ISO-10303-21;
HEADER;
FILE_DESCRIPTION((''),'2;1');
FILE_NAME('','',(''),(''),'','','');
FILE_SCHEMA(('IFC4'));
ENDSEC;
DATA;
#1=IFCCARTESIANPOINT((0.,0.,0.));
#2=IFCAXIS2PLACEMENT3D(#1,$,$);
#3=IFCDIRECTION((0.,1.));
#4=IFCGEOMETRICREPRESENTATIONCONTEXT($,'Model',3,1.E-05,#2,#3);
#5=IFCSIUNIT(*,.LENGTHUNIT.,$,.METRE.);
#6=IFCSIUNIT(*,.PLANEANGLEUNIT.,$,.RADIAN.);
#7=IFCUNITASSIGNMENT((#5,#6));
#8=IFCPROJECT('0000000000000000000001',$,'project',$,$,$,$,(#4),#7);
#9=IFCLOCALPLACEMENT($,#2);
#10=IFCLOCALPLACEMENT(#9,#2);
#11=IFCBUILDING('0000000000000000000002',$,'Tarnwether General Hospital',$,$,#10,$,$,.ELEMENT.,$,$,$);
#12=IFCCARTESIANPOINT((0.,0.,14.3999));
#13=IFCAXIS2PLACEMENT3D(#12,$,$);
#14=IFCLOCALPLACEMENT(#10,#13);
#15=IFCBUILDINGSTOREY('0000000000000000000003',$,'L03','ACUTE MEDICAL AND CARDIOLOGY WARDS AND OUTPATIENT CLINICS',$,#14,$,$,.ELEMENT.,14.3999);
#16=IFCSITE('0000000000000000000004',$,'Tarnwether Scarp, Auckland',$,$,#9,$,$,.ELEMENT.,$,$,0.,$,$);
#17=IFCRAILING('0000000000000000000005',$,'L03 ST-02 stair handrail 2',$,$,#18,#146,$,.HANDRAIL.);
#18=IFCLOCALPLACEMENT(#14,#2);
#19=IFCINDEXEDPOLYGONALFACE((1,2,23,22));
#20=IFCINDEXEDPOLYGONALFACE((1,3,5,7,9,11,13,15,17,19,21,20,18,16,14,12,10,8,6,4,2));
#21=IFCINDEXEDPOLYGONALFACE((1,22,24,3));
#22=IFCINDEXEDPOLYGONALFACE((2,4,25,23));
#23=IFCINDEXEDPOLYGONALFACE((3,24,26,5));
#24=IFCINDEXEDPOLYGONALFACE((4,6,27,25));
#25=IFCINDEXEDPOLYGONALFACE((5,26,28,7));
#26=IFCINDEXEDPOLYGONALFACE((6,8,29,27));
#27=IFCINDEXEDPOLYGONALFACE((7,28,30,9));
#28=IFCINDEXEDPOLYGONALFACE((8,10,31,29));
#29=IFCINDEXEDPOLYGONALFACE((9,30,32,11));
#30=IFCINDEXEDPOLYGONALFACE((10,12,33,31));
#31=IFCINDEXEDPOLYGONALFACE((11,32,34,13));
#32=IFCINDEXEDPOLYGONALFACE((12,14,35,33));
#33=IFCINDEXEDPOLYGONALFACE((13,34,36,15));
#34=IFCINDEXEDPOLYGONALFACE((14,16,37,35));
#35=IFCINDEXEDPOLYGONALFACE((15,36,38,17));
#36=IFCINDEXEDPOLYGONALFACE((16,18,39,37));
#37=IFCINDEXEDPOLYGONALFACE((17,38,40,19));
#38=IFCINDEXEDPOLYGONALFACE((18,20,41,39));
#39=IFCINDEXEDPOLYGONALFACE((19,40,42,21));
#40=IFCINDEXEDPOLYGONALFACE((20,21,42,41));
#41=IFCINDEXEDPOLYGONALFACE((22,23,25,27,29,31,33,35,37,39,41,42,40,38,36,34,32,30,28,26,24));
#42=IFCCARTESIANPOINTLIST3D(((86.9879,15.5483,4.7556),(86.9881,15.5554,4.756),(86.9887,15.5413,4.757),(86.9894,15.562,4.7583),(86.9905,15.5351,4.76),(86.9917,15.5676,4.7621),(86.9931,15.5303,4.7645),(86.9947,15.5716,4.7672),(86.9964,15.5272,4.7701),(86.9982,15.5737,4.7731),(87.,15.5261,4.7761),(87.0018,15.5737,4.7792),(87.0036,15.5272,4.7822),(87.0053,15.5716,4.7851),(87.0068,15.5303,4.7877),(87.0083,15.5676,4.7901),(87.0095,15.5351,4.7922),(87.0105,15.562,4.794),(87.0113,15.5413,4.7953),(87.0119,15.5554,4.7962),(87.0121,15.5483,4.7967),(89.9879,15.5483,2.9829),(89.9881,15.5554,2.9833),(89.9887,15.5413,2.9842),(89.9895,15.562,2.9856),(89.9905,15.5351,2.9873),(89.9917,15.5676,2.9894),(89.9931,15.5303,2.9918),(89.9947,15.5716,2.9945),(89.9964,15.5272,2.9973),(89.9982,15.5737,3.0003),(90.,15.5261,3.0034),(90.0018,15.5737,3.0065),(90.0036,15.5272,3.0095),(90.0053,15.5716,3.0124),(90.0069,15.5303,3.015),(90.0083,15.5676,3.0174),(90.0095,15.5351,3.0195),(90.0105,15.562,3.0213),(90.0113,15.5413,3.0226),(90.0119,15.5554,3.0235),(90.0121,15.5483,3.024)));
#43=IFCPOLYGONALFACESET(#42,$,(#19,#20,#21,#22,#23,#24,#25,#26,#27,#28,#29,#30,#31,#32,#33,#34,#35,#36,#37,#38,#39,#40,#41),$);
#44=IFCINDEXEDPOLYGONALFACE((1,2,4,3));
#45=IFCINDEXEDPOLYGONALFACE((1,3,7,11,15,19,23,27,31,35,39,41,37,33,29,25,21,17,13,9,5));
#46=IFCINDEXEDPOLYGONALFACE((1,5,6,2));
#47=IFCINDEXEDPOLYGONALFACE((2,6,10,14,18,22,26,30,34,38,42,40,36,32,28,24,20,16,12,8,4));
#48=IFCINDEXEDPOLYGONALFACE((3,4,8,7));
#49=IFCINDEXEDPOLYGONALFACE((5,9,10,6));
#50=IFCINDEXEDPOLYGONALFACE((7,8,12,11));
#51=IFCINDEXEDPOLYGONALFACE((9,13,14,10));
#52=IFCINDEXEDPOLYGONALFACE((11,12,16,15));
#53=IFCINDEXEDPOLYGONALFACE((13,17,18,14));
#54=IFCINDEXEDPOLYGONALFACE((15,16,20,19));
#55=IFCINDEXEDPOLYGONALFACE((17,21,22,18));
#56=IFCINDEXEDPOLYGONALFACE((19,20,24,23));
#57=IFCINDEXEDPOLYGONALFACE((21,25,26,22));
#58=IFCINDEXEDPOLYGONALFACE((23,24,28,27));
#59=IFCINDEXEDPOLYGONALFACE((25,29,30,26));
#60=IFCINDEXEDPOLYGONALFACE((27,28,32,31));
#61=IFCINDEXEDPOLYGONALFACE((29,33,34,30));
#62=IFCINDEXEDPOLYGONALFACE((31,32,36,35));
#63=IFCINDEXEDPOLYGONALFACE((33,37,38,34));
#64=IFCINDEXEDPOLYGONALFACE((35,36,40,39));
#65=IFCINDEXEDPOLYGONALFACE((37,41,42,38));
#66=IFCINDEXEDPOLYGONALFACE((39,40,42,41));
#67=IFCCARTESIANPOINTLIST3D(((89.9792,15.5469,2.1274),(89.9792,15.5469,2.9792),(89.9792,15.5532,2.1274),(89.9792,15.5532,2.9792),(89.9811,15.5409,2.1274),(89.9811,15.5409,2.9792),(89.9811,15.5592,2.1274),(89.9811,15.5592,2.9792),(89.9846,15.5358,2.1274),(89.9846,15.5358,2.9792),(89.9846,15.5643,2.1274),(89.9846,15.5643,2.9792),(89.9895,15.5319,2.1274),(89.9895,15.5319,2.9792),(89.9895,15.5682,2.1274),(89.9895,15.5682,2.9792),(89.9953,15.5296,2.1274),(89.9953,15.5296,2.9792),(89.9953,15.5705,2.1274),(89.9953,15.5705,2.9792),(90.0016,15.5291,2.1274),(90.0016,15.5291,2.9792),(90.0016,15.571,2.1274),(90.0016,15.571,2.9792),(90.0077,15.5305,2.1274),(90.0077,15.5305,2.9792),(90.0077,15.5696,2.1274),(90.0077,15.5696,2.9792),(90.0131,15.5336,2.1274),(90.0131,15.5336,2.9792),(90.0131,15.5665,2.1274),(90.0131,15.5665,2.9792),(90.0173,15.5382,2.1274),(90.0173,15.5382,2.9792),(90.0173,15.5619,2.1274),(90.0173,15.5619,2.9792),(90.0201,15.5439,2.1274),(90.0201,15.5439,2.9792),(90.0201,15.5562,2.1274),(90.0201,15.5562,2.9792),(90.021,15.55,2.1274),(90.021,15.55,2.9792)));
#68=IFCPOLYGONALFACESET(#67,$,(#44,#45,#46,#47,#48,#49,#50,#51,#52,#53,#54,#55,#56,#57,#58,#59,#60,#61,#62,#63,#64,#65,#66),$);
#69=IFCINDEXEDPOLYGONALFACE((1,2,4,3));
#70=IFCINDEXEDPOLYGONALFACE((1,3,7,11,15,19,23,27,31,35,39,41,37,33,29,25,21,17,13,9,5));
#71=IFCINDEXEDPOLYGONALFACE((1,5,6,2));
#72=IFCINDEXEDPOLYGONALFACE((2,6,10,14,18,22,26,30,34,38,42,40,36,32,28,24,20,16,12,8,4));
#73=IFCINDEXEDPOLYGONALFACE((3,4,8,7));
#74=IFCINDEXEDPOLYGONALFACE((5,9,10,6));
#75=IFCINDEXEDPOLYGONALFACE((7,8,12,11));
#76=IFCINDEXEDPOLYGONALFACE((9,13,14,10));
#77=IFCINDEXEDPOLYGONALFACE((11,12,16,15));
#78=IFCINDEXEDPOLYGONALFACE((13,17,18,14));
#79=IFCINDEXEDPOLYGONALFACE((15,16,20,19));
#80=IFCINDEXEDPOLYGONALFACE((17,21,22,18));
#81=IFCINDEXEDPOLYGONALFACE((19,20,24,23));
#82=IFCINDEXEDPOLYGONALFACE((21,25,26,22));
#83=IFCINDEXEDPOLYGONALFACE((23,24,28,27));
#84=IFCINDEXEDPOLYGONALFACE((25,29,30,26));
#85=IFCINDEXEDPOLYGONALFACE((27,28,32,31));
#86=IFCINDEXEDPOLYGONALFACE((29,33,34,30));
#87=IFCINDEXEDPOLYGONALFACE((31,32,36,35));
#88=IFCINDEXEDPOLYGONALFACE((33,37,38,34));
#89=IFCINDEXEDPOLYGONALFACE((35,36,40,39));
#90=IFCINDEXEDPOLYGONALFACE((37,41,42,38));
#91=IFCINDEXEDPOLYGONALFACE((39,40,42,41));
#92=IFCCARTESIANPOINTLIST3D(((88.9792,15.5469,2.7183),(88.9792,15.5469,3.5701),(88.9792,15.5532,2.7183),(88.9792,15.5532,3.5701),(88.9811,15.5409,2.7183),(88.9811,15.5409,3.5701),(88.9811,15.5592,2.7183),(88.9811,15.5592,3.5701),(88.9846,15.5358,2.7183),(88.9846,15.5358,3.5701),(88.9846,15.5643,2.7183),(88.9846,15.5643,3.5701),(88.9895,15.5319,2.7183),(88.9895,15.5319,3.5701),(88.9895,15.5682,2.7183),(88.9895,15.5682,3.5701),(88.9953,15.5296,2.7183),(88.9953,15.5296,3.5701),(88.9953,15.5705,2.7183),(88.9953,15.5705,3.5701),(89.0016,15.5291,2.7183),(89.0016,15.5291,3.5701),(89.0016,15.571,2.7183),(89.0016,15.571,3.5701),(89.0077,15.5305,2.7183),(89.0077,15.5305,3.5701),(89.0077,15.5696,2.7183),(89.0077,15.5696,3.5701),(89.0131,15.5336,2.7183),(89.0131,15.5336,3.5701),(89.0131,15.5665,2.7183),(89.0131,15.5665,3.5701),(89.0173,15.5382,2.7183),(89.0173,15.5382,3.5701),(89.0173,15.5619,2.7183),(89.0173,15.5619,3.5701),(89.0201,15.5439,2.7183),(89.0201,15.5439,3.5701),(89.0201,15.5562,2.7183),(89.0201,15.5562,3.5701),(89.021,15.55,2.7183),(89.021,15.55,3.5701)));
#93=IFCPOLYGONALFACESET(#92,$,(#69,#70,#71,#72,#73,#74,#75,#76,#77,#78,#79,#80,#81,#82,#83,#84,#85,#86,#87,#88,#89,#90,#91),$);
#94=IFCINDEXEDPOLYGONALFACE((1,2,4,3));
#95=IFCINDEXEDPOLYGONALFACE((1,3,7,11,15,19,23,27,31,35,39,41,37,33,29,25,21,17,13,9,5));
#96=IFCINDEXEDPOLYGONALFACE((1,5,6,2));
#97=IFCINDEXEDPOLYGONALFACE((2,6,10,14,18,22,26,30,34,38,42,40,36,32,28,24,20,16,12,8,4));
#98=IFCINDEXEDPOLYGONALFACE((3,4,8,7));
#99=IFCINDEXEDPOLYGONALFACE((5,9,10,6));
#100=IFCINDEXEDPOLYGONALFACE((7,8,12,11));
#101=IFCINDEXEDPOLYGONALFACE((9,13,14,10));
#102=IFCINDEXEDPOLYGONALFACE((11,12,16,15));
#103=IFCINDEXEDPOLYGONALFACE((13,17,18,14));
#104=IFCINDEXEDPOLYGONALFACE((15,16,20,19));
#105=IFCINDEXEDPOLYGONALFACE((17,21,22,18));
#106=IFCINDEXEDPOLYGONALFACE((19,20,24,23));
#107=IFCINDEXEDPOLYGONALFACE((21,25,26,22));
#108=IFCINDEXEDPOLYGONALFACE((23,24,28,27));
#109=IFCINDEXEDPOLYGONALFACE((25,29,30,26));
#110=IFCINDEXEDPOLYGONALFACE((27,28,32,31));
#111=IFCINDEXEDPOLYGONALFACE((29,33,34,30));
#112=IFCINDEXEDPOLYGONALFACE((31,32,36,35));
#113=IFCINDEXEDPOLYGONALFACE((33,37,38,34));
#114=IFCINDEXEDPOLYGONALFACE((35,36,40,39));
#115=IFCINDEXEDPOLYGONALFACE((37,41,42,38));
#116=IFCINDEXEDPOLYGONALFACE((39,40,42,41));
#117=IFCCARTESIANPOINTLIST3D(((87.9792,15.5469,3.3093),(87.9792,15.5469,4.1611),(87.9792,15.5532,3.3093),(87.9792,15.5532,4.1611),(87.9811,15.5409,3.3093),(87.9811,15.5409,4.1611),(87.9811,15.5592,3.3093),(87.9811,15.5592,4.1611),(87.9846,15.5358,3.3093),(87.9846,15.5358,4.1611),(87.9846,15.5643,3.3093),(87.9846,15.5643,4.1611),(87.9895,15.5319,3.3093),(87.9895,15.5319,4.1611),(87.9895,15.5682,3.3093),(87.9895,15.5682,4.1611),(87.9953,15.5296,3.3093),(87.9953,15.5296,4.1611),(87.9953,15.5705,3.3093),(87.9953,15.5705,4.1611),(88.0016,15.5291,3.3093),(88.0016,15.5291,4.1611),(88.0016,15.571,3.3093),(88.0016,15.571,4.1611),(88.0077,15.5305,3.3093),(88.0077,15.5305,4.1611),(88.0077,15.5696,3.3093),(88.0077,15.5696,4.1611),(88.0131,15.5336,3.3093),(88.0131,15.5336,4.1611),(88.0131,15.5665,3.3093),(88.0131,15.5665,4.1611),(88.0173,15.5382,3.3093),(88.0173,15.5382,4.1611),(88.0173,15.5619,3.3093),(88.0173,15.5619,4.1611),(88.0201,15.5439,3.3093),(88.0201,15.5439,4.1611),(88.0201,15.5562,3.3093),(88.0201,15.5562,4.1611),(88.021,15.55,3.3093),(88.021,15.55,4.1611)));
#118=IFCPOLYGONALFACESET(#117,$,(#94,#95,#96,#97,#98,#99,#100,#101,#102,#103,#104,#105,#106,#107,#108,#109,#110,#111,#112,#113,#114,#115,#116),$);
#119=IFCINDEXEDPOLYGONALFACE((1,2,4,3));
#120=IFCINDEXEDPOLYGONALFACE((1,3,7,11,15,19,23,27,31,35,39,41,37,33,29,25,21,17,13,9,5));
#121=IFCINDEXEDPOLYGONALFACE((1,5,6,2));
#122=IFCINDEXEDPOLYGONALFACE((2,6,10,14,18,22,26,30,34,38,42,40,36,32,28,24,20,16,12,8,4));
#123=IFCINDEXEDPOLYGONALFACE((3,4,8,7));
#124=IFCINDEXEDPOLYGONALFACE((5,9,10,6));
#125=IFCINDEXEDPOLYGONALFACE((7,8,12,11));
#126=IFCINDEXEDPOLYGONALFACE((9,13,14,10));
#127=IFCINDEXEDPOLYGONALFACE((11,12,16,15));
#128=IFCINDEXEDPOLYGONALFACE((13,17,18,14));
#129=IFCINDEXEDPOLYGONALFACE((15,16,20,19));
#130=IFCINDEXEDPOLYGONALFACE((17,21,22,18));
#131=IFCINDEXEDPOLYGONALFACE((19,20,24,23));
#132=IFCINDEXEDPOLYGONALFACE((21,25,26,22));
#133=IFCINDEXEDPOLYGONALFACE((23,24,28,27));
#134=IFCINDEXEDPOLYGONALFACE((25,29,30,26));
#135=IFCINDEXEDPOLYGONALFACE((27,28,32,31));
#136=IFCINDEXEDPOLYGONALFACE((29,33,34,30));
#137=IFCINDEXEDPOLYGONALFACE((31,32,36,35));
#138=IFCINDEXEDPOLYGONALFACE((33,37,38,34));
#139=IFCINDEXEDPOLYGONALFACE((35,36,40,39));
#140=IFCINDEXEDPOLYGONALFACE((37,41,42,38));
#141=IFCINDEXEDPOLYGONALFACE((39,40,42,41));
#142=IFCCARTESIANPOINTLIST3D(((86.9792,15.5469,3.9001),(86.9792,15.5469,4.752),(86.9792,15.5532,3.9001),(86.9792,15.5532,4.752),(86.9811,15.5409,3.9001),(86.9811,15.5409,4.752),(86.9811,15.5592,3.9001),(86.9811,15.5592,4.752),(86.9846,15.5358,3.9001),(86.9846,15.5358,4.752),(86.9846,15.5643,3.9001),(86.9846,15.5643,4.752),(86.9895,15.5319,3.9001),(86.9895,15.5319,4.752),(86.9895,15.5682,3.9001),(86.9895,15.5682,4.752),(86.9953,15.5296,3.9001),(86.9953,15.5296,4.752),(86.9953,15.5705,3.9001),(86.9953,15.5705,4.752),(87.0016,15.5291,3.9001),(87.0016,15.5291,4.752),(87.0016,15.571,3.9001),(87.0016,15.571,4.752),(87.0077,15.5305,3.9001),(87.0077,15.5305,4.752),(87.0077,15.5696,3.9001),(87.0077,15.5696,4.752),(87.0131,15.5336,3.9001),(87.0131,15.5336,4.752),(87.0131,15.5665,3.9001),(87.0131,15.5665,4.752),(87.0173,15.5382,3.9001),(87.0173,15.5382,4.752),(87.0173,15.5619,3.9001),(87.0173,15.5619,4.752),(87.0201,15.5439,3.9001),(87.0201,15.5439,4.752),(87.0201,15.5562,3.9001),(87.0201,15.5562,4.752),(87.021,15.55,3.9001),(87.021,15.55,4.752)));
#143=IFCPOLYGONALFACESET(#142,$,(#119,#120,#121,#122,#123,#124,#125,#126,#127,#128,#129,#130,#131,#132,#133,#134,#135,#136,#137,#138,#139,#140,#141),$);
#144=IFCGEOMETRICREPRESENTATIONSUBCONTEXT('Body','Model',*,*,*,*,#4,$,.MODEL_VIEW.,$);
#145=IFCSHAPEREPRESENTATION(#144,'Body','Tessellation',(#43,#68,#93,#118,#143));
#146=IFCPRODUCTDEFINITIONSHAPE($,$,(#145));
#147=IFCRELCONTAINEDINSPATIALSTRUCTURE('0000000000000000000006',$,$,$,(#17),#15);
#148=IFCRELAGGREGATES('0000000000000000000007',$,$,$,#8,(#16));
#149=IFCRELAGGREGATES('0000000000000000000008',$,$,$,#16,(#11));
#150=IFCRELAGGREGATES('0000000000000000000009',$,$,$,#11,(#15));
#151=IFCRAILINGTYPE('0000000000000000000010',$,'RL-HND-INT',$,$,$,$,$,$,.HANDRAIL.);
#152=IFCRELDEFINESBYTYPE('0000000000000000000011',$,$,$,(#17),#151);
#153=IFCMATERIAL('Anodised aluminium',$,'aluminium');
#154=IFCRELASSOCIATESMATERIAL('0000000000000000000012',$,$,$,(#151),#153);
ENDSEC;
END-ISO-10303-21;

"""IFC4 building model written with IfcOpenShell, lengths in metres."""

from ifc_helpers import new_model, si_unit, direction, frame, origin, origin_2d, place, context, subcontext, project, spatial, circle, extrude, material, type_object, element, save


model = new_model("IFC4")

# Units and contexts
model_context = context("Model", 3, precision=1e-05, world=origin(), true_north=direction((0.0, 1.0)))
body_context = subcontext(model_context, "Body", "Model", "MODEL_VIEW")
ifc_project = project(units=[si_unit("LENGTHUNIT", "METRE"), si_unit("PLANEANGLEUNIT", "RADIAN")], contexts=[model_context])

# Site, building, storey
site_placement = place(None, origin())
site = spatial("IfcSite", under=ifc_project, at=site_placement, Name="Tarnwether Scarp, Auckland", CompositionType="ELEMENT", RefElevation=0.0)
building_placement = place(site_placement, origin())
building = spatial("IfcBuilding", under=site, at=building_placement, Name="Tarnwether General Hospital", CompositionType="ELEMENT")
storey_placement = place(building_placement, frame((0.0, 0.0, 14.3999)))
storey = spatial("IfcBuildingStorey", under=building, at=storey_placement, Name="L03", Description="ACUTE MEDICAL AND CARDIOLOGY WARDS AND OUTPATIENT CLINICS", CompositionType="ELEMENT", Elevation=14.3999)

# Railing
ifc_material_1 = material(Name="Anodised aluminium", Category="aluminium")
railing_type_1 = type_object("IfcRailingType", Name="RL-HND-INT", PredefinedType="HANDRAIL", material=ifc_material_1)
railing_1_placement = place(storey_placement, frame((90.0, 15.55, 2.1274)))
element("IfcRailing", 1, at=railing_1_placement, inside=storey, type_object=railing_type_1, Name="L03 ST-02 stair handrail 2", PredefinedType="HANDRAIL", context=body_context, shape_type="SweptSolid", body=[
    extrude(circle(Radius=0.0239, at=origin_2d()), frame((0.0, 0.0, 0.876), z_axis=(-0.860929, 0.0, 0.508725), x_axis=(0.0, -1.0, 0.0)), (0.0, 0.0, 1.0), 3.4846),
    extrude(circle(Radius=0.021, at=origin_2d()), origin(), (0.0, 0.0, 1.0), 0.8518),
    extrude(circle(Radius=0.021, at=origin_2d()), frame((-1.0, 0.0, 0.5908)), (0.0, 0.0, 1.0), 0.8518),
    extrude(circle(Radius=0.021, at=origin_2d()), frame((-2.0, 0.0, 1.1819)), (0.0, 0.0, 1.0), 0.8518),
    extrude(circle(Radius=0.021, at=origin_2d()), frame((-3.0, 0.0, 1.7727)), (0.0, 0.0, 1.0), 0.8518),
])

save(model, "model.ifc")
